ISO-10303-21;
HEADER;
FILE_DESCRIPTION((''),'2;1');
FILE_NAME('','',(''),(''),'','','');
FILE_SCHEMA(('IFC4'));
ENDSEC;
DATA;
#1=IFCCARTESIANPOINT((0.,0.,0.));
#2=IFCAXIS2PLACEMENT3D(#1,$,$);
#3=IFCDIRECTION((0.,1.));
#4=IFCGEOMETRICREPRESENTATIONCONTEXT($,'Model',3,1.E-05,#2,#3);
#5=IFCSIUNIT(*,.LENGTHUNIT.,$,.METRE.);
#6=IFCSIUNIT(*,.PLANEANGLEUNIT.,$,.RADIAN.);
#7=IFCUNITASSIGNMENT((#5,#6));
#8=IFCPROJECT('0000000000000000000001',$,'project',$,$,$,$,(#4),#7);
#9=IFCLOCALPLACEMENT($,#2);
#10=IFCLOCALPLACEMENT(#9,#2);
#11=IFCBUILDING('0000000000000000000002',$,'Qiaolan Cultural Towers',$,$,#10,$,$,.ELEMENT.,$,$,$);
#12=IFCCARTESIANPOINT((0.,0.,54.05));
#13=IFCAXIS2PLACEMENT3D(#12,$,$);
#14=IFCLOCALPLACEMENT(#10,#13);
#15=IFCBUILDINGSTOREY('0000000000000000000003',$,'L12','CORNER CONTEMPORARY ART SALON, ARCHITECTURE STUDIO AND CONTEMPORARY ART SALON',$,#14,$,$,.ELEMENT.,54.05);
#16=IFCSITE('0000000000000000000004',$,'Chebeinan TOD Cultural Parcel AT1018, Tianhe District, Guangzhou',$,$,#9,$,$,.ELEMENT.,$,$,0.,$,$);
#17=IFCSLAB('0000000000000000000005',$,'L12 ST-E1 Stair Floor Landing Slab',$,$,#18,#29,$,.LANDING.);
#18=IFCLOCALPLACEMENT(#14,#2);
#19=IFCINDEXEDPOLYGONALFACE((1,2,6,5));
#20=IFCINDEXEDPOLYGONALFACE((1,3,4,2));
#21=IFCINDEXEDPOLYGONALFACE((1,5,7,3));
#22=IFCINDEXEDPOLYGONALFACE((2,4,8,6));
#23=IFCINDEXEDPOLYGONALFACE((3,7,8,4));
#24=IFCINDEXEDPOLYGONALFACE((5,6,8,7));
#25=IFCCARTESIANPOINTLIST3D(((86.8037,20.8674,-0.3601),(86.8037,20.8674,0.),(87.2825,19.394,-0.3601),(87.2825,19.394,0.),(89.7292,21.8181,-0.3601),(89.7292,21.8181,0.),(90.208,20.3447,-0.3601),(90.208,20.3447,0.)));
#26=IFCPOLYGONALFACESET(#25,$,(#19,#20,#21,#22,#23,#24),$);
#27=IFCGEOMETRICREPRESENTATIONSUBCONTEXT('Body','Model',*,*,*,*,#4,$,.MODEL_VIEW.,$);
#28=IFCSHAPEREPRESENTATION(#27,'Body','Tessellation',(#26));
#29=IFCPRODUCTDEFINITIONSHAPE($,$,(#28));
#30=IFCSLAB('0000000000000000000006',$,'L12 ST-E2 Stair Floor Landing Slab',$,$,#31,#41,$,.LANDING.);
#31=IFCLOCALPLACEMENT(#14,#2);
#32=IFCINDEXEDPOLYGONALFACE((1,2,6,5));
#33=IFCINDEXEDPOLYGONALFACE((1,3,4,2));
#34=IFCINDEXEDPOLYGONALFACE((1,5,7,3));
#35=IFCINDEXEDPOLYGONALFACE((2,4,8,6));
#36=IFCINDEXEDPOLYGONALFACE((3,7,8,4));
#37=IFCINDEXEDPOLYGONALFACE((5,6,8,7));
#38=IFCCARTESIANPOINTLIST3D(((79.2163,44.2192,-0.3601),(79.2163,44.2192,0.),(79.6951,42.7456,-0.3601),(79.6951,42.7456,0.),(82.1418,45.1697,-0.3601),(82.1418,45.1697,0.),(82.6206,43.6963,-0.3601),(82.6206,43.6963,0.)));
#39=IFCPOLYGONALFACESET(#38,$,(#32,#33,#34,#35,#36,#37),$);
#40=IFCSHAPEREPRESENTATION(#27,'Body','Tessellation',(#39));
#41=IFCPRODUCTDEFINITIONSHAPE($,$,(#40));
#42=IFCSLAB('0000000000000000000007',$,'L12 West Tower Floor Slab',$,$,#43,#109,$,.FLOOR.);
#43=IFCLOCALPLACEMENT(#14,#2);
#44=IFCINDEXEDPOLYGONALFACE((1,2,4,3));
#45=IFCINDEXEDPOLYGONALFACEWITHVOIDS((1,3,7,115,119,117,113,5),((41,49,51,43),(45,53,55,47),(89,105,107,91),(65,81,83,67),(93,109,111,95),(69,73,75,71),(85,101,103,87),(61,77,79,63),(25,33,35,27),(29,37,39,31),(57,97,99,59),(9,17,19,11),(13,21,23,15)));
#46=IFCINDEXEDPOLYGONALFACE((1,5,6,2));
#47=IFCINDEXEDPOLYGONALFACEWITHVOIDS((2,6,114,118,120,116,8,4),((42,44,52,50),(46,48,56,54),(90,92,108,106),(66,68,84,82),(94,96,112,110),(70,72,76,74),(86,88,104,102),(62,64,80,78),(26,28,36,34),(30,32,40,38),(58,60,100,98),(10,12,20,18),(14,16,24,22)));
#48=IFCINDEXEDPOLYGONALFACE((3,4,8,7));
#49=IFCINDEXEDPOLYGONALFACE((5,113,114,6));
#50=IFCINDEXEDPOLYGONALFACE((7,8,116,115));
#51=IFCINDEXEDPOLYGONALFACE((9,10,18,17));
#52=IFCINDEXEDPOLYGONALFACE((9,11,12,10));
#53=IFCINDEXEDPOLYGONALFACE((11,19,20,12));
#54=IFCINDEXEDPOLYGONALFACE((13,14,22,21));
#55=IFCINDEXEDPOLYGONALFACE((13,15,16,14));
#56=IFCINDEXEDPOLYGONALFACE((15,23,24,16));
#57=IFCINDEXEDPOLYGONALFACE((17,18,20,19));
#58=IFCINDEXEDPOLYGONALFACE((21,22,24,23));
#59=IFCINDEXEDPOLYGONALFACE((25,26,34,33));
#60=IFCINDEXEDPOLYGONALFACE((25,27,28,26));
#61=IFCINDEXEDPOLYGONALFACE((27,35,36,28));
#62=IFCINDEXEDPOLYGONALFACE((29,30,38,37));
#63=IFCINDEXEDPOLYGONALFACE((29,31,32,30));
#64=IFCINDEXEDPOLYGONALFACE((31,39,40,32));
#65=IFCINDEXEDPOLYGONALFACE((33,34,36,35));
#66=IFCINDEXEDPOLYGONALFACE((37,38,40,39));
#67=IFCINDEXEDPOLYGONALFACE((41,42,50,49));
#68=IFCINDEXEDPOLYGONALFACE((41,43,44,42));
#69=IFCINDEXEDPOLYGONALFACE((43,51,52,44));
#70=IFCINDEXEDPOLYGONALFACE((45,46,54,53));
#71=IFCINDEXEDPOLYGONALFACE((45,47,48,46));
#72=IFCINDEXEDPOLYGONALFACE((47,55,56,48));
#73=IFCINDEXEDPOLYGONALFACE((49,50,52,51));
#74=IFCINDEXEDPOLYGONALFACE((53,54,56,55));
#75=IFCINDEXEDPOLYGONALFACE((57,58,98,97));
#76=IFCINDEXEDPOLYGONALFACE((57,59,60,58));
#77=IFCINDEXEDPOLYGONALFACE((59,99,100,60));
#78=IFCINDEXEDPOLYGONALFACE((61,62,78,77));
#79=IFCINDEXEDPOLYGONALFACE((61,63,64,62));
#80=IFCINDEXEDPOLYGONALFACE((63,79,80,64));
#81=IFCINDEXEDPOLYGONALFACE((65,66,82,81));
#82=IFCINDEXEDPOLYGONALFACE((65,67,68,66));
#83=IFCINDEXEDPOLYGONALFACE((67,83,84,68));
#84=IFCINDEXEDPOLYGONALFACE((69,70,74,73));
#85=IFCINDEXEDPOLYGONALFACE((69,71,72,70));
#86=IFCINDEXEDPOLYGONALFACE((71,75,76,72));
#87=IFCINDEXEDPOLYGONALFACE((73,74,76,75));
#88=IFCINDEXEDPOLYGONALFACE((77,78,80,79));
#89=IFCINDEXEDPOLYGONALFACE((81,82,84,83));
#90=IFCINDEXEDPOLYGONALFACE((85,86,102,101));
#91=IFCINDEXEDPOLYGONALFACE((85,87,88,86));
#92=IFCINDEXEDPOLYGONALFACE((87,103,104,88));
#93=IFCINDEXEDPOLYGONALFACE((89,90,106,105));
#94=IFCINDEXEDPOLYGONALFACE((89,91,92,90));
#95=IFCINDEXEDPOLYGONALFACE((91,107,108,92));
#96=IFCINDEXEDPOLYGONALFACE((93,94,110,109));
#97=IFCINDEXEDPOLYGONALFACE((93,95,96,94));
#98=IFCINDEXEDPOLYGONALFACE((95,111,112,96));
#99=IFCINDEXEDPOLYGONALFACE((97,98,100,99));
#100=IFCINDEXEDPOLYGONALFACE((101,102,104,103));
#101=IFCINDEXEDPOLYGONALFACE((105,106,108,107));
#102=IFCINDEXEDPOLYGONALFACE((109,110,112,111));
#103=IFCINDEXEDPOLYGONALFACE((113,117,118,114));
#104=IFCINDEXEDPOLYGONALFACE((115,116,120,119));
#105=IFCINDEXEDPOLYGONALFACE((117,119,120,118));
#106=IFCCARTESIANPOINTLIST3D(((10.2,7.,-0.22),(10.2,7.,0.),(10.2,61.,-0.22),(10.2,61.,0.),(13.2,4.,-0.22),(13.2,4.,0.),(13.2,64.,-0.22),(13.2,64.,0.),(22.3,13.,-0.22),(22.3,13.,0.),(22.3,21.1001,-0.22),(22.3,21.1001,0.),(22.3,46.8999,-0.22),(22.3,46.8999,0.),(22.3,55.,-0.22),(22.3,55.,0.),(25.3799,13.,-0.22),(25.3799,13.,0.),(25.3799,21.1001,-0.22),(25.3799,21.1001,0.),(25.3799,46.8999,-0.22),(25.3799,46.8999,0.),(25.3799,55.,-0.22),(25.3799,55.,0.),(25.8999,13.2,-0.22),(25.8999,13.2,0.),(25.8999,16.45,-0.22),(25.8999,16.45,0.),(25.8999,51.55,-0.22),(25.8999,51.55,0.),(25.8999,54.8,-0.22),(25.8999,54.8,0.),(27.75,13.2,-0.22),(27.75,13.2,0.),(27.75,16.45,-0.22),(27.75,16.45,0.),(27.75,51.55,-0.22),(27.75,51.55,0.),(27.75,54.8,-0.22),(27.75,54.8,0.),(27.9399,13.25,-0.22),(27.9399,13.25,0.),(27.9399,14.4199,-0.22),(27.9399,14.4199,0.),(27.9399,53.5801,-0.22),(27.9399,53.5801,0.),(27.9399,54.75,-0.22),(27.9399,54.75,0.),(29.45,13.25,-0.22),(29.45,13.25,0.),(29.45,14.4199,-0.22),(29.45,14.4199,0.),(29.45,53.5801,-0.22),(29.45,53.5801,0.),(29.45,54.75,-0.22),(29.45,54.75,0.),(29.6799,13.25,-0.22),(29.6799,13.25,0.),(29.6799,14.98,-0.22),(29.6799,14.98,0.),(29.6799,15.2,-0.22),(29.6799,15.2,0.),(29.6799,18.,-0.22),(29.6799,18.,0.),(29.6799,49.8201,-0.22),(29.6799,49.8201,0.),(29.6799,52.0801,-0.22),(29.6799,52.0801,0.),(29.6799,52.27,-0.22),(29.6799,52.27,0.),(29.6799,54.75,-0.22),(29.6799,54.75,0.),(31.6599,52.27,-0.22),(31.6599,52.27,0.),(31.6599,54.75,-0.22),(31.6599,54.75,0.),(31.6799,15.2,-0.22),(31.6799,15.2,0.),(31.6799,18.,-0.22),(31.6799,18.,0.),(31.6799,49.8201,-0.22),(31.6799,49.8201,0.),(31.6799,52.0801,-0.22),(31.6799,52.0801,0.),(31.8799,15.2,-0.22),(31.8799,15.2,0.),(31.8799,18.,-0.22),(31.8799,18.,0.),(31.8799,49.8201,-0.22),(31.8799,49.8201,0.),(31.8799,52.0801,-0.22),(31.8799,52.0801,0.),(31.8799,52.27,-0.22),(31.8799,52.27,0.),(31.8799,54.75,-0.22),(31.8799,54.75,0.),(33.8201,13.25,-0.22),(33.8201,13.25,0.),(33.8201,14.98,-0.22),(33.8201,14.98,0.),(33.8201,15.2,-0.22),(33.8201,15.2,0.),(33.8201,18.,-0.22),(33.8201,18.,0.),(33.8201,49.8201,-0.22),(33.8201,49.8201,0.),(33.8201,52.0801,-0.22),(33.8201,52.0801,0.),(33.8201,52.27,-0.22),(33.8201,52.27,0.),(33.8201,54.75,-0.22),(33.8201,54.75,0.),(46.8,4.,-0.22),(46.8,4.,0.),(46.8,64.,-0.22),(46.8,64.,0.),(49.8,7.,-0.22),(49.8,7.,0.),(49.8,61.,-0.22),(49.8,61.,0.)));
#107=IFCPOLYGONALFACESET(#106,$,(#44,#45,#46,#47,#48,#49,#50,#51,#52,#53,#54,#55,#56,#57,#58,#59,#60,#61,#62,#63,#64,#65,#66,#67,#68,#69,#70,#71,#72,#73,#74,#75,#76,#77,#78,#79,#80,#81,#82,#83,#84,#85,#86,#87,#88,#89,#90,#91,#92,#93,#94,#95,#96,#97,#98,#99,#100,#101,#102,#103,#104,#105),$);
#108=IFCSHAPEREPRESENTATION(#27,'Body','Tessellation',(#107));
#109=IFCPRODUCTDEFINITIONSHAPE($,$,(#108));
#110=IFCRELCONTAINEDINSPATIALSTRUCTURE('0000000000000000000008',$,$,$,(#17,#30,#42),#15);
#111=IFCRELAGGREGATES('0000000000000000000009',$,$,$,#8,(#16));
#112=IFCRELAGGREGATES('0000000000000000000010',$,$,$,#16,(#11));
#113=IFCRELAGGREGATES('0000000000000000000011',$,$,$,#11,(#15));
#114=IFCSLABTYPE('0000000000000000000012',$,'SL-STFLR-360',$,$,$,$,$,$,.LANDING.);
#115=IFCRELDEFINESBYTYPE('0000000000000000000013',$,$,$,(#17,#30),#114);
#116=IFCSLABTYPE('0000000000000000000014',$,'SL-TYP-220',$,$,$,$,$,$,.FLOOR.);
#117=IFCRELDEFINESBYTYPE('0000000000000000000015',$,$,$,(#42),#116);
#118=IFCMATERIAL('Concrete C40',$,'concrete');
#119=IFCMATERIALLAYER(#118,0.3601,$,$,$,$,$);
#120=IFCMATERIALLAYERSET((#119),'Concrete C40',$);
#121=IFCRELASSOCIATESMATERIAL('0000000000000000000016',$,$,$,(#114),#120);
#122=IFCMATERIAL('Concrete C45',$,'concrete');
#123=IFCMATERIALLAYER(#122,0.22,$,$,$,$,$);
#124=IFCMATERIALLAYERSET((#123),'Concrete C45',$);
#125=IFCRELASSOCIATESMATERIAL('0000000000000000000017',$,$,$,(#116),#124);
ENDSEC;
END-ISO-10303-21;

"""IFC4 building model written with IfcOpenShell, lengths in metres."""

from ifc_helpers import new_model, si_unit, direction, frame, origin, place, context, subcontext, project, spatial, polyline, outline, extrude, material, layer, layer_set, type_object, element, save


model = new_model("IFC4")

# Units and contexts
model_context = context("Model", 3, precision=1e-05, world=origin(), true_north=direction((0.0, 1.0)))
body_context = subcontext(model_context, "Body", "Model", "MODEL_VIEW")
ifc_project = project(units=[si_unit("LENGTHUNIT", "METRE"), si_unit("PLANEANGLEUNIT", "RADIAN")], contexts=[model_context])

# Site, building, storey
site_placement = place(None, origin())
site = spatial("IfcSite", under=ifc_project, at=site_placement, Name="Chebeinan TOD Cultural Parcel AT1018, Tianhe District, Guangzhou", CompositionType="ELEMENT", RefElevation=0.0)
building_placement = place(site_placement, origin())
building = spatial("IfcBuilding", under=site, at=building_placement, Name="Qiaolan Cultural Towers", CompositionType="ELEMENT")
storey_placement = place(building_placement, frame((0.0, 0.0, 54.05)))
storey = spatial("IfcBuildingStorey", under=building, at=storey_placement, Name="L12", Description="CORNER CONTEMPORARY ART SALON, ARCHITECTURE STUDIO AND CONTEMPORARY ART SALON", CompositionType="ELEMENT", Elevation=54.05)

# Slabs
ifc_material_1 = material(Name="Concrete C40", Category="concrete")
ifc_layer_1 = layer(ifc_material_1, 0.3601)
ifc_layer_set_1 = layer_set([ifc_layer_1], Name="Concrete C40")
slab_type_1 = type_object("IfcSlabType", Name="SL-STFLR-360", PredefinedType="LANDING", material=ifc_layer_set_1)
slab_1_placement = place(storey_placement, frame((0.0, 0.0, -0.3601)))
element("IfcSlab", 1, at=slab_1_placement, inside=storey, type_object=slab_type_1, Name="L12 ST-E1 Stair Floor Landing Slab", PredefinedType="LANDING", context=body_context, shape_type="SweptSolid", body=[
    extrude(outline(polyline([(86.8037, 20.8674), (87.2825, 19.394), (90.208, 20.3447), (89.7292, 21.8181), (86.8037, 20.8674)])), origin(), (0.0, 0.0, 1.0), 0.3601),
])
slab_2_placement = place(storey_placement, frame((0.0, 0.0, -0.3601)))
element("IfcSlab", 2, at=slab_2_placement, inside=storey, type_object=slab_type_1, Name="L12 ST-E2 Stair Floor Landing Slab", PredefinedType="LANDING", context=body_context, shape_type="SweptSolid", body=[
    extrude(outline(polyline([(82.6206, 43.6963), (82.1418, 45.1697), (79.2163, 44.2192), (79.6951, 42.7456), (82.6206, 43.6963)])), origin(), (0.0, 0.0, 1.0), 0.3601),
])
ifc_material_2 = material(Name="Concrete C45", Category="concrete")
ifc_layer_2 = layer(ifc_material_2, 0.22)
ifc_layer_set_2 = layer_set([ifc_layer_2], Name="Concrete C45")
slab_type_2 = type_object("IfcSlabType", Name="SL-TYP-220", PredefinedType="FLOOR", material=ifc_layer_set_2)
slab_3_placement = place(storey_placement, frame((0.0, 0.0, -0.22)))
element("IfcSlab", 3, at=slab_3_placement, inside=storey, type_object=slab_type_2, Name="L12 West Tower Floor Slab", PredefinedType="FLOOR", context=body_context, shape_type="SweptSolid", body=[
    extrude(outline(polyline([(13.2, 4.0), (46.8, 4.0), (49.8, 7.0), (49.8, 61.0), (46.8, 64.0), (13.2, 64.0), (10.2, 61.0), (10.2, 7.0), (13.2, 4.0)]), holes=[polyline([(22.3, 21.1001), (22.3, 13.0), (25.3799, 13.0), (25.3799, 21.1001), (22.3, 21.1001)]), polyline([(25.3799, 46.8999), (25.3799, 55.0), (22.3, 55.0), (22.3, 46.8999), (25.3799, 46.8999)]), polyline([(25.8999, 13.2), (27.75, 13.2), (27.75, 16.45), (25.8999, 16.45), (25.8999, 13.2)]), polyline([(27.9399, 13.25), (29.45, 13.25), (29.45, 14.4199), (27.9399, 14.4199), (27.9399, 13.25)]), polyline([(29.6799, 15.2), (31.6799, 15.2), (31.6799, 18.0), (29.6799, 18.0), (29.6799, 15.2)]), polyline([(31.8799, 15.2), (33.8201, 15.2), (33.8201, 18.0), (31.8799, 18.0), (31.8799, 15.2)]), polyline([(29.6799, 13.25), (33.8201, 13.25), (33.8201, 14.98), (29.6799, 14.98), (29.6799, 13.25)]), polyline([(25.8999, 51.55), (27.75, 51.55), (27.75, 54.8), (25.8999, 54.8), (25.8999, 51.55)]), polyline([(27.9399, 53.5801), (29.45, 53.5801), (29.45, 54.75), (27.9399, 54.75), (27.9399, 53.5801)]), polyline([(29.6799, 49.8201), (31.6799, 49.8201), (31.6799, 52.0801), (29.6799, 52.0801), (29.6799, 49.8201)]), polyline([(31.8799, 49.8201), (33.8201, 49.8201), (33.8201, 52.0801), (31.8799, 52.0801), (31.8799, 49.8201)]), polyline([(29.6799, 52.27), (31.6599, 52.27), (31.6599, 54.75), (29.6799, 54.75), (29.6799, 52.27)]), polyline([(31.8799, 52.27), (33.8201, 52.27), (33.8201, 54.75), (31.8799, 54.75), (31.8799, 52.27)])]), origin(), (0.0, 0.0, 1.0), 0.22),
])

save(model, "model.ifc")
